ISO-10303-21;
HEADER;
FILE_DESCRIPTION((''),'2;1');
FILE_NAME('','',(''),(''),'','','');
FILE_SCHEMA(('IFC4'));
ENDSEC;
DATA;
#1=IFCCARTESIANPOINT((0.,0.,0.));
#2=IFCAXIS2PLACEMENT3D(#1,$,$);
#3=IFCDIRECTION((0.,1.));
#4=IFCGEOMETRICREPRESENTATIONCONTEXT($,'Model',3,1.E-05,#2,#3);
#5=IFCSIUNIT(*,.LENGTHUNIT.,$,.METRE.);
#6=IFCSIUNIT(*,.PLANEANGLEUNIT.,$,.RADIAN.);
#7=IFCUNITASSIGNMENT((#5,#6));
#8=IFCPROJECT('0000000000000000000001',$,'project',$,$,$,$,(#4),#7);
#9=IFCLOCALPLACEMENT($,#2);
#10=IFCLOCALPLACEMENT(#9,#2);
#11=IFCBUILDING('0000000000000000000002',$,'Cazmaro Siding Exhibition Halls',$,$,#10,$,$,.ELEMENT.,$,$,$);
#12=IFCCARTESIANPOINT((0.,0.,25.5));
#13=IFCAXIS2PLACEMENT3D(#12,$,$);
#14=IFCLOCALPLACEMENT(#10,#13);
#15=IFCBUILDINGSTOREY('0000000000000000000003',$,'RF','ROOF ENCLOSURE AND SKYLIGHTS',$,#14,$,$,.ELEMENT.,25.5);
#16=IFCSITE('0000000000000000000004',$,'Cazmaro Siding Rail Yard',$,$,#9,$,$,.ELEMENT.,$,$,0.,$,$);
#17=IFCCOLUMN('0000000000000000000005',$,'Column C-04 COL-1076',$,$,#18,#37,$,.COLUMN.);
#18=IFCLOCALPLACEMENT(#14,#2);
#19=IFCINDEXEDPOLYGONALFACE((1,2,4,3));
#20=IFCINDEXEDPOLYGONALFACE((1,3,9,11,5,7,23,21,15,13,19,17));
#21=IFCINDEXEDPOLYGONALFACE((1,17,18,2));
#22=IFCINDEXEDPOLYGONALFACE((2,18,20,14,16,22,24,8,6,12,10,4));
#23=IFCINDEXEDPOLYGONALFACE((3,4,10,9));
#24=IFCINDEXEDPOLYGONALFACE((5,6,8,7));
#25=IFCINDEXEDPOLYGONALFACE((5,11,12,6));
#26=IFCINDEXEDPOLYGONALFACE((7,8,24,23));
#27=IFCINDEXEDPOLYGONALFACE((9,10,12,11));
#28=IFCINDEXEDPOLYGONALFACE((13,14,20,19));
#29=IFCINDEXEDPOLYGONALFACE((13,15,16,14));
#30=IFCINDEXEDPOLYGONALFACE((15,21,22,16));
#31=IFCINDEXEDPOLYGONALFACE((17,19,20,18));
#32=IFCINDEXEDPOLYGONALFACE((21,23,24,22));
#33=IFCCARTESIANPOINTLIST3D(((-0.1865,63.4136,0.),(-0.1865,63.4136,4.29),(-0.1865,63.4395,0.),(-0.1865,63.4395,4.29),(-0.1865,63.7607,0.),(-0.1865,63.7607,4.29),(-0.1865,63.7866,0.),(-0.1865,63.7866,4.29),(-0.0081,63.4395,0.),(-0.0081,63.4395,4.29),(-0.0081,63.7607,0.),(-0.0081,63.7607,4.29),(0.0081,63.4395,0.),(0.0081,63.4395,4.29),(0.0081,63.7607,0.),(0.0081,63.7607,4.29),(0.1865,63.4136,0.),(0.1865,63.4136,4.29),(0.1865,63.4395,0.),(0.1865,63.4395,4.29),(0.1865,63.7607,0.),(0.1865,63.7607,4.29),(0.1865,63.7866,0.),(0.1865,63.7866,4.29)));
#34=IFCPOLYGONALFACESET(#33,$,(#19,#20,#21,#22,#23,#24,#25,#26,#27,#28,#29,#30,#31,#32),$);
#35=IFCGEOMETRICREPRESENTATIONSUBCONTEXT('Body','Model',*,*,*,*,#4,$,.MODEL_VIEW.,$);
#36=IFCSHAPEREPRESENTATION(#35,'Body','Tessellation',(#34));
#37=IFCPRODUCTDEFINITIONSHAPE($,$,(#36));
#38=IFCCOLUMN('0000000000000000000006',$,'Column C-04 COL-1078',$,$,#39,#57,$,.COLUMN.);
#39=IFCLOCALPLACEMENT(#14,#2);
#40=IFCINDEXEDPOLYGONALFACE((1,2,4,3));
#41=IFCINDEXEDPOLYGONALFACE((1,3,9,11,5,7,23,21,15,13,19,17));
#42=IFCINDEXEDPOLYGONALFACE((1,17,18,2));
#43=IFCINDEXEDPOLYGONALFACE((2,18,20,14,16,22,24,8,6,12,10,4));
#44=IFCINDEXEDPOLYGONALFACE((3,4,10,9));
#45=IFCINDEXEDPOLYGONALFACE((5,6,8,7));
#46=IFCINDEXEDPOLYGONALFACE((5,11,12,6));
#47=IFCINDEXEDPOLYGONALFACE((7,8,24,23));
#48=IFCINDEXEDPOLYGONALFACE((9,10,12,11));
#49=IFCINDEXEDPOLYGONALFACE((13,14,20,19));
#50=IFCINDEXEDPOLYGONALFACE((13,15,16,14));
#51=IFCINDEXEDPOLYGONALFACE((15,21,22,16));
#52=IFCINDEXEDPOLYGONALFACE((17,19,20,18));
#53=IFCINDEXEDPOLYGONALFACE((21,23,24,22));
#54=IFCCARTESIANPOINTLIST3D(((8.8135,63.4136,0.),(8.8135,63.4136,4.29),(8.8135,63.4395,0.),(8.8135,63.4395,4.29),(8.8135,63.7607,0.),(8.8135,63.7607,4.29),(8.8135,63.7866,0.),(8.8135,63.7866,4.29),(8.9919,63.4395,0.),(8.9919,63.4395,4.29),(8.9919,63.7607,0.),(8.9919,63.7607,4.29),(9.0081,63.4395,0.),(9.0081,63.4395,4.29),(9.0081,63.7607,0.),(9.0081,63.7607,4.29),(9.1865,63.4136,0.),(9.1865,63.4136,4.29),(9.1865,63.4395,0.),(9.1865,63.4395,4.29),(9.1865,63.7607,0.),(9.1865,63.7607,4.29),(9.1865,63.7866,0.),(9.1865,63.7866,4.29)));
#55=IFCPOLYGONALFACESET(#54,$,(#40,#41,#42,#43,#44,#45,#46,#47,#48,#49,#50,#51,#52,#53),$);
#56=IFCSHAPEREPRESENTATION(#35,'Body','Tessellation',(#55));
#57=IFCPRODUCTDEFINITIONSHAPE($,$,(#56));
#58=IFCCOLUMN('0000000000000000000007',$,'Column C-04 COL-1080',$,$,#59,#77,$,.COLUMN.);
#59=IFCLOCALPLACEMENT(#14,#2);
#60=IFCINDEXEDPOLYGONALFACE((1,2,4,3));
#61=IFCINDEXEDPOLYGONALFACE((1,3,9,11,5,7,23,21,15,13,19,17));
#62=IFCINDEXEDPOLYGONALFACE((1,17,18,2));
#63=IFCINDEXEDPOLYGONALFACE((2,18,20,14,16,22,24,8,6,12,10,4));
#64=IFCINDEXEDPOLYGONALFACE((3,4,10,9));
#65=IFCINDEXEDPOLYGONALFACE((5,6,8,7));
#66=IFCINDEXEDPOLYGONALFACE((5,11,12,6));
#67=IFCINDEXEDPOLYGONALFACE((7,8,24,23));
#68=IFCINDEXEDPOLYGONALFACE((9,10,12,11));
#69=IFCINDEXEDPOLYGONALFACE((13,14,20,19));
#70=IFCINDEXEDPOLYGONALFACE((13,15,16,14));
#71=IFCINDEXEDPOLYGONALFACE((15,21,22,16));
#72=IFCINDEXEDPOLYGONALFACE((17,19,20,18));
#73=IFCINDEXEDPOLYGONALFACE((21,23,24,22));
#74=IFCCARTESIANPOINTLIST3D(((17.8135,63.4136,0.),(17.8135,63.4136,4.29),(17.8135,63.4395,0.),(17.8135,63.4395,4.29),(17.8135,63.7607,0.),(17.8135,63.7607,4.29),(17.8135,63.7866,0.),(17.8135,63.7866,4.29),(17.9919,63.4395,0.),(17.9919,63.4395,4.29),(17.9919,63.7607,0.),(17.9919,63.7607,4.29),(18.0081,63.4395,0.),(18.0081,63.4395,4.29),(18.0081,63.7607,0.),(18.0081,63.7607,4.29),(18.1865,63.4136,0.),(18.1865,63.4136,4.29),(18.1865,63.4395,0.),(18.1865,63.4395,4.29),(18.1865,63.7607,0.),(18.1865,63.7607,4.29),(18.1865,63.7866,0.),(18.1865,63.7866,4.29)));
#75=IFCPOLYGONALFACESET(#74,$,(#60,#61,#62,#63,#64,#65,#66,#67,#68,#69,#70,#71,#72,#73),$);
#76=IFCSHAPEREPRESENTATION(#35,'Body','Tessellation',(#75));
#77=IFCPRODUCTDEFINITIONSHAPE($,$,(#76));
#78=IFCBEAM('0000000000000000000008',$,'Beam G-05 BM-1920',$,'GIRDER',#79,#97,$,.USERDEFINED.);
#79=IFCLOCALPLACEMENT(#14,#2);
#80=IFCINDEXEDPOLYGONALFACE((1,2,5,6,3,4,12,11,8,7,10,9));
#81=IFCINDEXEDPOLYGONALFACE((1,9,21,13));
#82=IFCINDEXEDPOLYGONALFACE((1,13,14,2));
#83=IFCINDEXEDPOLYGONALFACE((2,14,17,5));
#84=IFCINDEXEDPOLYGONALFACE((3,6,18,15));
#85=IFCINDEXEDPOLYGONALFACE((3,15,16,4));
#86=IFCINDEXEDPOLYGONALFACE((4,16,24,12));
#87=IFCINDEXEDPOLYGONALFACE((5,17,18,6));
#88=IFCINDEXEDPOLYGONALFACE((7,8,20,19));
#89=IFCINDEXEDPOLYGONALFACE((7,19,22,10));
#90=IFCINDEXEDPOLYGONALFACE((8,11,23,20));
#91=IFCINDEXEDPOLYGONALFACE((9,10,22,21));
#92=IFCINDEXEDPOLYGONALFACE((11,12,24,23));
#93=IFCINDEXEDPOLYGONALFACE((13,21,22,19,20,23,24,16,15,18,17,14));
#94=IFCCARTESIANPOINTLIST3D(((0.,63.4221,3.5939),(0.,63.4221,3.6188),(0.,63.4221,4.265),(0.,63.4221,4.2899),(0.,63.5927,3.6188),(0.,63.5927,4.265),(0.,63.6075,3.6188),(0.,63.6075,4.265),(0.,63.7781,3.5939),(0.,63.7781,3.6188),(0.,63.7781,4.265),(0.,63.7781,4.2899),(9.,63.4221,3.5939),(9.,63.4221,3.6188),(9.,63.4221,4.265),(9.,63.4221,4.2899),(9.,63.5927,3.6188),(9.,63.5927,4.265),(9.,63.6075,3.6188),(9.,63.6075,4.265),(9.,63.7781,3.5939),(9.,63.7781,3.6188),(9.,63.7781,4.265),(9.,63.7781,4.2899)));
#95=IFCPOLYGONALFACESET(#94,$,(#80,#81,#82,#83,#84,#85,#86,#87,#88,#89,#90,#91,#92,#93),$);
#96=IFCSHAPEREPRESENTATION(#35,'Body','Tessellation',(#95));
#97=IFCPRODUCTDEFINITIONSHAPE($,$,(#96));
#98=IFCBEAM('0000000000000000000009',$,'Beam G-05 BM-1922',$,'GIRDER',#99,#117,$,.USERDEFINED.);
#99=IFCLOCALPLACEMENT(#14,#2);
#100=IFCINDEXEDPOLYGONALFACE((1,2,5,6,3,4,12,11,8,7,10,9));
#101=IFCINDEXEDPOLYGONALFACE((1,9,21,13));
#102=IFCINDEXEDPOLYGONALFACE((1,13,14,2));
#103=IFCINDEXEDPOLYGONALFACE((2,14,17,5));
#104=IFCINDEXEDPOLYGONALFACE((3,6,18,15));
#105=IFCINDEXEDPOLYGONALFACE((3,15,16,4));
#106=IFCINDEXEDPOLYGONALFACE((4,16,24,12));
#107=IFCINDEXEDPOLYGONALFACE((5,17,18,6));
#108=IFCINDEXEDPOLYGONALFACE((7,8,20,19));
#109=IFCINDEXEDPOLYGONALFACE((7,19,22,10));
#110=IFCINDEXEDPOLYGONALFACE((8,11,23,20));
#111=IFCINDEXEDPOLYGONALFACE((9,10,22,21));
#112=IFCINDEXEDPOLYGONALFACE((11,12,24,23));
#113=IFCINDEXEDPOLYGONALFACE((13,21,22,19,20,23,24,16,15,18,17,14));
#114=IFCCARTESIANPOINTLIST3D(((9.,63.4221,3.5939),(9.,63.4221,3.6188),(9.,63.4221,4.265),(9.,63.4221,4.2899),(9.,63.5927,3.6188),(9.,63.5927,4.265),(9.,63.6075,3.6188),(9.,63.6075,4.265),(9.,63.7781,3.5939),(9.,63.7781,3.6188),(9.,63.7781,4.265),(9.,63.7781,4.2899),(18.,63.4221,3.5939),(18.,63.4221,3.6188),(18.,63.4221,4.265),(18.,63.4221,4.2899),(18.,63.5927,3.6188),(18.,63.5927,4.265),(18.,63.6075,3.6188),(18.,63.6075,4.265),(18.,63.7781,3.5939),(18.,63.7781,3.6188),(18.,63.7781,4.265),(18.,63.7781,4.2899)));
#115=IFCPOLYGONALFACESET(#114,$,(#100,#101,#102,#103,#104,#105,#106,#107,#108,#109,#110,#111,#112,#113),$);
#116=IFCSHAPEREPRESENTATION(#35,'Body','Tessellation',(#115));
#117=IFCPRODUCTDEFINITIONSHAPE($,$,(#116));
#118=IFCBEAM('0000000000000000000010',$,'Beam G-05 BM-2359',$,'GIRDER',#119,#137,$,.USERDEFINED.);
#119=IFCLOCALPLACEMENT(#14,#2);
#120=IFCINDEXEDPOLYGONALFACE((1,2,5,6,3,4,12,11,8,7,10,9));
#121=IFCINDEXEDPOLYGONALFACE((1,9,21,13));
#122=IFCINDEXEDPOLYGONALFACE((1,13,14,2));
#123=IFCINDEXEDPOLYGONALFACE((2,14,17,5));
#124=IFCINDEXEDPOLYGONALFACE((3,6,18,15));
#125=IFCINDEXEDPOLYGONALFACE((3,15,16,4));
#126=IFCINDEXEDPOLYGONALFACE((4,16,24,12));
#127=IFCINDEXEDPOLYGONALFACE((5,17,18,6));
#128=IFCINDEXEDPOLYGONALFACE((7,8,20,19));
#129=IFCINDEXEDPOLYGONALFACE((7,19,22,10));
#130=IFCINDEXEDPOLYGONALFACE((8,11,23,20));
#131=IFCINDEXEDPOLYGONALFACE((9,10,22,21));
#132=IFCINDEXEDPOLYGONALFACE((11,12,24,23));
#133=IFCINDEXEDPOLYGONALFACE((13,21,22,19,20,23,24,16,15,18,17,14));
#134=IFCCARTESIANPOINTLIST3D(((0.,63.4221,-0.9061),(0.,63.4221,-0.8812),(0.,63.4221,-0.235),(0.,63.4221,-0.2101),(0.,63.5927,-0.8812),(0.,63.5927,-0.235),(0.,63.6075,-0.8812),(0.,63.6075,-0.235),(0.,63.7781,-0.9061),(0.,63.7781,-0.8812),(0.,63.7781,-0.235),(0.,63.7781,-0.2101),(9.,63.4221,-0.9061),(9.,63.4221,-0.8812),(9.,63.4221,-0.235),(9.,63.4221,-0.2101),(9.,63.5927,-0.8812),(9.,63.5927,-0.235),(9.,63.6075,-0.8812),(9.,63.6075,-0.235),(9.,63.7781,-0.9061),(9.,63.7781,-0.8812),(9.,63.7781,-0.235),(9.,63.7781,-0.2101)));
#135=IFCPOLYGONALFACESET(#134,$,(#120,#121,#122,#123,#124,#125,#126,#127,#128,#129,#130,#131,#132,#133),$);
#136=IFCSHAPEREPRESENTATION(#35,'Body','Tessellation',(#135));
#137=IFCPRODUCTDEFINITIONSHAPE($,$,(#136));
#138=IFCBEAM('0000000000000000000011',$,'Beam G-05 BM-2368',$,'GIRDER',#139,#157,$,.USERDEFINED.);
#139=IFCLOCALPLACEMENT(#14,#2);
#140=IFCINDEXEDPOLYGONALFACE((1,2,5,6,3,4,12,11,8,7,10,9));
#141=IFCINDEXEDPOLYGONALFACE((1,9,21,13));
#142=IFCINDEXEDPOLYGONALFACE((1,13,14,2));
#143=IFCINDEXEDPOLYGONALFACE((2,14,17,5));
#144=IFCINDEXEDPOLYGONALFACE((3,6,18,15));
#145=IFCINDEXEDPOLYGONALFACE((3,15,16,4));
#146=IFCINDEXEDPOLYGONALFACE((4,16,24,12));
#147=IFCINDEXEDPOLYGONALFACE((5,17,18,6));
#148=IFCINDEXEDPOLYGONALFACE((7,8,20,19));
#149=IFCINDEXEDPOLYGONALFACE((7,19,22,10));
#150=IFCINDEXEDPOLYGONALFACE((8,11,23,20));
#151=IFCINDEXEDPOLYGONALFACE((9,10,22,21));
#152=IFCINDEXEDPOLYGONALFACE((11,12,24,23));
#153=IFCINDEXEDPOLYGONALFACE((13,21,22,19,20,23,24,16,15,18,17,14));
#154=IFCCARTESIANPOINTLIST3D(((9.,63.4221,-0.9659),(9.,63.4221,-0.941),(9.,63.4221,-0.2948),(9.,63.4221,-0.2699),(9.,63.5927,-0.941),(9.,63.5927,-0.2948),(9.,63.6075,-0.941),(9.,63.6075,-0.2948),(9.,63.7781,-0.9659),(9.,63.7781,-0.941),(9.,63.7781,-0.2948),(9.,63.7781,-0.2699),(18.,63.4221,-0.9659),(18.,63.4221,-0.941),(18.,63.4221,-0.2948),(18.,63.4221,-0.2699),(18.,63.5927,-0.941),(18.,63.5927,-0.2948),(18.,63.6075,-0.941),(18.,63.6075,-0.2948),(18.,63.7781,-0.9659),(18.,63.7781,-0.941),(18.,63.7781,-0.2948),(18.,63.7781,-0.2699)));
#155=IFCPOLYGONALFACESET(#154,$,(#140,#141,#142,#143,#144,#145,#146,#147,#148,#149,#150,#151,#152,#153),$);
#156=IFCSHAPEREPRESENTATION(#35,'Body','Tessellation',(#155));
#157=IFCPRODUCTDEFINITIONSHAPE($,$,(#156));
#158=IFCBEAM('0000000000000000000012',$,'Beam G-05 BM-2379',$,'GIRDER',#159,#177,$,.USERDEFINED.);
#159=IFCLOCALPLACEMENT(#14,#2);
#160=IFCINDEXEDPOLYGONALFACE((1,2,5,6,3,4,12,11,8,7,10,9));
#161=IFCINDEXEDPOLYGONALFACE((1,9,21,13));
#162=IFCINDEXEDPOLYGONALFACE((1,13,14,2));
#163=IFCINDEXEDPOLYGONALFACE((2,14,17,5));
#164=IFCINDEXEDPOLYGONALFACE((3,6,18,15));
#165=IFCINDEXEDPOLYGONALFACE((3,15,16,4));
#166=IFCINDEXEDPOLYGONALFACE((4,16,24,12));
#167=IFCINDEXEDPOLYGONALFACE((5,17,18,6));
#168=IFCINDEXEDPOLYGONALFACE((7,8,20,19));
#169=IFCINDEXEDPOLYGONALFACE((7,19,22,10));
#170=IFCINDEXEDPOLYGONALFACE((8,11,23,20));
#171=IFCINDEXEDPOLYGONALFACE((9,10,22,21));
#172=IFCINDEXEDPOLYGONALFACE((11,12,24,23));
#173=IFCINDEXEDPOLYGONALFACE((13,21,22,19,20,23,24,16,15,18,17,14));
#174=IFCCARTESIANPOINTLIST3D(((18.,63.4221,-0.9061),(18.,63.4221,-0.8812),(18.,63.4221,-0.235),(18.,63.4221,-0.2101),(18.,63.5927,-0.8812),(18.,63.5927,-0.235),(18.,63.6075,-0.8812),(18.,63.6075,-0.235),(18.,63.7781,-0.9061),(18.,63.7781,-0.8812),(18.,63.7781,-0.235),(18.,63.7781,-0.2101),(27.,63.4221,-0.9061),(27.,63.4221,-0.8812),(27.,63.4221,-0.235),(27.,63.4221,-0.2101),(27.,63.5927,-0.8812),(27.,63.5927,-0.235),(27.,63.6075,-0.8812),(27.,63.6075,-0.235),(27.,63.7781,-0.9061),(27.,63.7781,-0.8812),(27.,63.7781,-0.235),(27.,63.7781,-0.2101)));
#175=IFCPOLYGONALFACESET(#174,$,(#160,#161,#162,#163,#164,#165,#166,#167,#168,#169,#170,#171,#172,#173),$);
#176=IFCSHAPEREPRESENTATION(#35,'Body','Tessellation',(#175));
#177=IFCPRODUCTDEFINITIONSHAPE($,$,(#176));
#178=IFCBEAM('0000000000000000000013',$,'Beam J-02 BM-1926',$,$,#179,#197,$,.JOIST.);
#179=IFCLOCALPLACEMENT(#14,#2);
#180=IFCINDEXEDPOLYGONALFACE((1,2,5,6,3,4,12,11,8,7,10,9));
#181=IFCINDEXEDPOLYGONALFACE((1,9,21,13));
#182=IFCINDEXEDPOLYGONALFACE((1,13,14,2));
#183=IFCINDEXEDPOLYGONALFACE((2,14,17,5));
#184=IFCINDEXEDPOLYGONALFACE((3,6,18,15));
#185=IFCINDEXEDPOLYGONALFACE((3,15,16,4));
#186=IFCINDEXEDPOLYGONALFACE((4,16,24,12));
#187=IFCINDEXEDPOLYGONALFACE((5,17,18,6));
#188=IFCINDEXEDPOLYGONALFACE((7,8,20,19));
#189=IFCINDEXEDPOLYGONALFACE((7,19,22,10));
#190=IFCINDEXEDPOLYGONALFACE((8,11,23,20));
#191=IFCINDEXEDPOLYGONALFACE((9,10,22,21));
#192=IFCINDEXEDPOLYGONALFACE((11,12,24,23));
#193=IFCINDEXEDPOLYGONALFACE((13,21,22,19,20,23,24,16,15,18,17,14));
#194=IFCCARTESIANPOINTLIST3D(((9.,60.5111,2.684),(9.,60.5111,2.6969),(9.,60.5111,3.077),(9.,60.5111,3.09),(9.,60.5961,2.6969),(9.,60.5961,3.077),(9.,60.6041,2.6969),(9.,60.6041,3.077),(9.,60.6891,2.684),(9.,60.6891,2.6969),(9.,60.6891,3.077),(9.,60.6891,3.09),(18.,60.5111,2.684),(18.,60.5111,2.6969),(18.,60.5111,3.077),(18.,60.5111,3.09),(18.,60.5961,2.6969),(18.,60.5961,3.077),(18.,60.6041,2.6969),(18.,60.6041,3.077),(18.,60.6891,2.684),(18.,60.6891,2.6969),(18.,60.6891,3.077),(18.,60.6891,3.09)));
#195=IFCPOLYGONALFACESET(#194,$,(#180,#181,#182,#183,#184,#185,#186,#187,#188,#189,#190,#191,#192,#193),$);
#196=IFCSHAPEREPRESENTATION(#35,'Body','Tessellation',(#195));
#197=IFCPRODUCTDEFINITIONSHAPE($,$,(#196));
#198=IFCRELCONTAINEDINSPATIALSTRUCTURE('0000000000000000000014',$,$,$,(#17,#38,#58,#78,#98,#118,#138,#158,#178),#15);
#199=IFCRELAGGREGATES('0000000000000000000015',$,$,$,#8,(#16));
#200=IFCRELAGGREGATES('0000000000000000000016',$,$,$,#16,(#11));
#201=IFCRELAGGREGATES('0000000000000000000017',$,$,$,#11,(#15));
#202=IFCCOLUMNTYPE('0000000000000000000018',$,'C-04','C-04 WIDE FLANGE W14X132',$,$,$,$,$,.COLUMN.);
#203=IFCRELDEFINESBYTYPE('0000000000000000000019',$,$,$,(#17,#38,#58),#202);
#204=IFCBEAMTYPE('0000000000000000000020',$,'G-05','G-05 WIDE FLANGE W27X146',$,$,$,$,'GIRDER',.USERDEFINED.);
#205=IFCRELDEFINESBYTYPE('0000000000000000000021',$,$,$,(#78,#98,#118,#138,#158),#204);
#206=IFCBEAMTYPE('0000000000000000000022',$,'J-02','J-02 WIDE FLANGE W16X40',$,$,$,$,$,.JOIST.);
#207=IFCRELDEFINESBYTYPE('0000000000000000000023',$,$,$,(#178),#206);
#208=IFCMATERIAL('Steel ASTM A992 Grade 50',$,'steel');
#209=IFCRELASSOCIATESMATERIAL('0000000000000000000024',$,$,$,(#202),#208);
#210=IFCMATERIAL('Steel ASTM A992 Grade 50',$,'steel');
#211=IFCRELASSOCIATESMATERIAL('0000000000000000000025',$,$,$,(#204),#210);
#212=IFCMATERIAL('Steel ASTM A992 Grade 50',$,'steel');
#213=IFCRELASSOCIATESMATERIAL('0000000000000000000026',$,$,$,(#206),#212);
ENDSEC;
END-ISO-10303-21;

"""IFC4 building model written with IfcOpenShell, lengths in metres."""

from ifc_helpers import new_model, si_unit, direction, frame, origin, origin_2d, place, context, subcontext, project, spatial, i_section, extrude, material, material_profile, profile_set, type_object, element, save


model = new_model("IFC4")

# Units and contexts
model_context = context("Model", 3, precision=1e-05, world=origin(), true_north=direction((0.0, 1.0)))
body_context = subcontext(model_context, "Body", "Model", "MODEL_VIEW")
ifc_project = project(units=[si_unit("LENGTHUNIT", "METRE"), si_unit("PLANEANGLEUNIT", "RADIAN")], contexts=[model_context])

# Site, building, storey
site_placement = place(None, origin())
site = spatial("IfcSite", under=ifc_project, at=site_placement, Name="Cazmaro Siding Rail Yard", CompositionType="ELEMENT", RefElevation=0.0)
building_placement = place(site_placement, origin())
building = spatial("IfcBuilding", under=site, at=building_placement, Name="Cazmaro Siding Exhibition Halls", CompositionType="ELEMENT")
storey_placement = place(building_placement, frame((0.0, 0.0, 25.5)))
storey = spatial("IfcBuildingStorey", under=building, at=storey_placement, Name="RF", Description="ROOF ENCLOSURE AND SKYLIGHTS", CompositionType="ELEMENT", Elevation=25.5)

# Columns
ifc_material_1 = material(Name="Steel ASTM A992 Grade 50", Category="steel")
ifc_material_profile_1 = material_profile(ifc_material_1, i_section(OverallWidth=0.373, OverallDepth=0.373, WebThickness=0.0161, FlangeThickness=0.0259, at=origin_2d()), Name="W14X132")
ifc_profile_set_1 = profile_set([ifc_material_profile_1], Name="Steel ASTM A992 Grade 50")
column_type = type_object("IfcColumnType", Name="C-04", Description="C-04 WIDE FLANGE W14X132", PredefinedType="COLUMN", material=ifc_profile_set_1)
for number, where, z_axis, x_axis, name in (
    (1, (0.0, 63.6001, 0.0), (0.0, 0.0, 1.0), (1.0, 0.0, 0.0), "Column C-04 COL-1076"),
    (2, (9.0, 63.6001, 0.0), (0.0, 0.0, 1.0), (1.0, 0.0, 0.0), "Column C-04 COL-1078"),
    (3, (18.0, 63.6001, 0.0), (0.0, 0.0, 1.0), (1.0, 0.0, 0.0), "Column C-04 COL-1080"),
):
    element("IfcColumn", number, at=place(storey_placement, frame(where, z_axis=z_axis, x_axis=x_axis)), inside=storey, type_object=column_type, Name=name, PredefinedType="COLUMN", context=body_context, shape_type="SweptSolid", body=[
        extrude(i_section(OverallWidth=0.373, OverallDepth=0.373, WebThickness=0.0161, FlangeThickness=0.0259, at=origin_2d()), origin(), (0.0, 0.0, 1.0), 4.29),
    ])

# Beams
ifc_material_2 = material(Name="Steel ASTM A992 Grade 50", Category="steel")
ifc_material_profile_2 = material_profile(ifc_material_2, i_section(OverallWidth=0.356, OverallDepth=0.696, WebThickness=0.0149, FlangeThickness=0.0249, at=origin_2d()), Name="W27X146")
ifc_profile_set_2 = profile_set([ifc_material_profile_2], Name="Steel ASTM A992 Grade 50")
beam_type_1 = type_object("IfcBeamType", Name="G-05", Description="G-05 WIDE FLANGE W27X146", ElementType="GIRDER", PredefinedType="USERDEFINED", material=ifc_profile_set_2)
for number, where, z_axis, x_axis, name in (
    (4, (0.0, 63.6001, 3.9419), (1.0, 0.0, 0.0), (0.0, 1.0, 0.0), "Beam G-05 BM-1920"),
    (5, (9.0, 63.6001, 3.9419), (1.0, 0.0, 0.0), (0.0, 1.0, 0.0), "Beam G-05 BM-1922"),
    (6, (0.0, 63.6001, -0.5581), (1.0, 0.0, 0.0), (0.0, 1.0, 0.0), "Beam G-05 BM-2359"),
    (7, (9.0, 63.6001, -0.6179), (1.0, 0.0, 0.0), (0.0, 1.0, 0.0), "Beam G-05 BM-2368"),
    (8, (18.0, 63.6001, -0.5581), (1.0, 0.0, 0.0), (0.0, 1.0, 0.0), "Beam G-05 BM-2379"),
):
    element("IfcBeam", number, at=place(storey_placement, frame(where, z_axis=z_axis, x_axis=x_axis)), inside=storey, type_object=beam_type_1, Name=name, ObjectType="GIRDER", PredefinedType="USERDEFINED", context=body_context, shape_type="SweptSolid", body=[
        extrude(i_section(OverallWidth=0.356, OverallDepth=0.696, WebThickness=0.0149, FlangeThickness=0.0249, at=origin_2d()), origin(), (0.0, 0.0, 1.0), 9.0),
    ])
ifc_material_3 = material(Name="Steel ASTM A992 Grade 50", Category="steel")
ifc_material_profile_3 = material_profile(ifc_material_3, i_section(OverallWidth=0.178, OverallDepth=0.406, WebThickness=0.0081, FlangeThickness=0.0129, at=origin_2d()), Name="W16X40")
ifc_profile_set_3 = profile_set([ifc_material_profile_3], Name="Steel ASTM A992 Grade 50")
beam_type_2 = type_object("IfcBeamType", Name="J-02", Description="J-02 WIDE FLANGE W16X40", PredefinedType="JOIST", material=ifc_profile_set_3)
beam_placement = place(storey_placement, frame((9.0, 60.6001, 2.887), z_axis=(1.0, 0.0, 0.0), x_axis=(0.0, 1.0, 0.0)))
element("IfcBeam", 9, at=beam_placement, inside=storey, type_object=beam_type_2, Name="Beam J-02 BM-1926", PredefinedType="JOIST", context=body_context, shape_type="SweptSolid", body=[
    extrude(i_section(OverallWidth=0.178, OverallDepth=0.406, WebThickness=0.0081, FlangeThickness=0.0129, at=origin_2d()), origin(), (0.0, 0.0, 1.0), 9.0),
])

save(model, "model.ifc")
